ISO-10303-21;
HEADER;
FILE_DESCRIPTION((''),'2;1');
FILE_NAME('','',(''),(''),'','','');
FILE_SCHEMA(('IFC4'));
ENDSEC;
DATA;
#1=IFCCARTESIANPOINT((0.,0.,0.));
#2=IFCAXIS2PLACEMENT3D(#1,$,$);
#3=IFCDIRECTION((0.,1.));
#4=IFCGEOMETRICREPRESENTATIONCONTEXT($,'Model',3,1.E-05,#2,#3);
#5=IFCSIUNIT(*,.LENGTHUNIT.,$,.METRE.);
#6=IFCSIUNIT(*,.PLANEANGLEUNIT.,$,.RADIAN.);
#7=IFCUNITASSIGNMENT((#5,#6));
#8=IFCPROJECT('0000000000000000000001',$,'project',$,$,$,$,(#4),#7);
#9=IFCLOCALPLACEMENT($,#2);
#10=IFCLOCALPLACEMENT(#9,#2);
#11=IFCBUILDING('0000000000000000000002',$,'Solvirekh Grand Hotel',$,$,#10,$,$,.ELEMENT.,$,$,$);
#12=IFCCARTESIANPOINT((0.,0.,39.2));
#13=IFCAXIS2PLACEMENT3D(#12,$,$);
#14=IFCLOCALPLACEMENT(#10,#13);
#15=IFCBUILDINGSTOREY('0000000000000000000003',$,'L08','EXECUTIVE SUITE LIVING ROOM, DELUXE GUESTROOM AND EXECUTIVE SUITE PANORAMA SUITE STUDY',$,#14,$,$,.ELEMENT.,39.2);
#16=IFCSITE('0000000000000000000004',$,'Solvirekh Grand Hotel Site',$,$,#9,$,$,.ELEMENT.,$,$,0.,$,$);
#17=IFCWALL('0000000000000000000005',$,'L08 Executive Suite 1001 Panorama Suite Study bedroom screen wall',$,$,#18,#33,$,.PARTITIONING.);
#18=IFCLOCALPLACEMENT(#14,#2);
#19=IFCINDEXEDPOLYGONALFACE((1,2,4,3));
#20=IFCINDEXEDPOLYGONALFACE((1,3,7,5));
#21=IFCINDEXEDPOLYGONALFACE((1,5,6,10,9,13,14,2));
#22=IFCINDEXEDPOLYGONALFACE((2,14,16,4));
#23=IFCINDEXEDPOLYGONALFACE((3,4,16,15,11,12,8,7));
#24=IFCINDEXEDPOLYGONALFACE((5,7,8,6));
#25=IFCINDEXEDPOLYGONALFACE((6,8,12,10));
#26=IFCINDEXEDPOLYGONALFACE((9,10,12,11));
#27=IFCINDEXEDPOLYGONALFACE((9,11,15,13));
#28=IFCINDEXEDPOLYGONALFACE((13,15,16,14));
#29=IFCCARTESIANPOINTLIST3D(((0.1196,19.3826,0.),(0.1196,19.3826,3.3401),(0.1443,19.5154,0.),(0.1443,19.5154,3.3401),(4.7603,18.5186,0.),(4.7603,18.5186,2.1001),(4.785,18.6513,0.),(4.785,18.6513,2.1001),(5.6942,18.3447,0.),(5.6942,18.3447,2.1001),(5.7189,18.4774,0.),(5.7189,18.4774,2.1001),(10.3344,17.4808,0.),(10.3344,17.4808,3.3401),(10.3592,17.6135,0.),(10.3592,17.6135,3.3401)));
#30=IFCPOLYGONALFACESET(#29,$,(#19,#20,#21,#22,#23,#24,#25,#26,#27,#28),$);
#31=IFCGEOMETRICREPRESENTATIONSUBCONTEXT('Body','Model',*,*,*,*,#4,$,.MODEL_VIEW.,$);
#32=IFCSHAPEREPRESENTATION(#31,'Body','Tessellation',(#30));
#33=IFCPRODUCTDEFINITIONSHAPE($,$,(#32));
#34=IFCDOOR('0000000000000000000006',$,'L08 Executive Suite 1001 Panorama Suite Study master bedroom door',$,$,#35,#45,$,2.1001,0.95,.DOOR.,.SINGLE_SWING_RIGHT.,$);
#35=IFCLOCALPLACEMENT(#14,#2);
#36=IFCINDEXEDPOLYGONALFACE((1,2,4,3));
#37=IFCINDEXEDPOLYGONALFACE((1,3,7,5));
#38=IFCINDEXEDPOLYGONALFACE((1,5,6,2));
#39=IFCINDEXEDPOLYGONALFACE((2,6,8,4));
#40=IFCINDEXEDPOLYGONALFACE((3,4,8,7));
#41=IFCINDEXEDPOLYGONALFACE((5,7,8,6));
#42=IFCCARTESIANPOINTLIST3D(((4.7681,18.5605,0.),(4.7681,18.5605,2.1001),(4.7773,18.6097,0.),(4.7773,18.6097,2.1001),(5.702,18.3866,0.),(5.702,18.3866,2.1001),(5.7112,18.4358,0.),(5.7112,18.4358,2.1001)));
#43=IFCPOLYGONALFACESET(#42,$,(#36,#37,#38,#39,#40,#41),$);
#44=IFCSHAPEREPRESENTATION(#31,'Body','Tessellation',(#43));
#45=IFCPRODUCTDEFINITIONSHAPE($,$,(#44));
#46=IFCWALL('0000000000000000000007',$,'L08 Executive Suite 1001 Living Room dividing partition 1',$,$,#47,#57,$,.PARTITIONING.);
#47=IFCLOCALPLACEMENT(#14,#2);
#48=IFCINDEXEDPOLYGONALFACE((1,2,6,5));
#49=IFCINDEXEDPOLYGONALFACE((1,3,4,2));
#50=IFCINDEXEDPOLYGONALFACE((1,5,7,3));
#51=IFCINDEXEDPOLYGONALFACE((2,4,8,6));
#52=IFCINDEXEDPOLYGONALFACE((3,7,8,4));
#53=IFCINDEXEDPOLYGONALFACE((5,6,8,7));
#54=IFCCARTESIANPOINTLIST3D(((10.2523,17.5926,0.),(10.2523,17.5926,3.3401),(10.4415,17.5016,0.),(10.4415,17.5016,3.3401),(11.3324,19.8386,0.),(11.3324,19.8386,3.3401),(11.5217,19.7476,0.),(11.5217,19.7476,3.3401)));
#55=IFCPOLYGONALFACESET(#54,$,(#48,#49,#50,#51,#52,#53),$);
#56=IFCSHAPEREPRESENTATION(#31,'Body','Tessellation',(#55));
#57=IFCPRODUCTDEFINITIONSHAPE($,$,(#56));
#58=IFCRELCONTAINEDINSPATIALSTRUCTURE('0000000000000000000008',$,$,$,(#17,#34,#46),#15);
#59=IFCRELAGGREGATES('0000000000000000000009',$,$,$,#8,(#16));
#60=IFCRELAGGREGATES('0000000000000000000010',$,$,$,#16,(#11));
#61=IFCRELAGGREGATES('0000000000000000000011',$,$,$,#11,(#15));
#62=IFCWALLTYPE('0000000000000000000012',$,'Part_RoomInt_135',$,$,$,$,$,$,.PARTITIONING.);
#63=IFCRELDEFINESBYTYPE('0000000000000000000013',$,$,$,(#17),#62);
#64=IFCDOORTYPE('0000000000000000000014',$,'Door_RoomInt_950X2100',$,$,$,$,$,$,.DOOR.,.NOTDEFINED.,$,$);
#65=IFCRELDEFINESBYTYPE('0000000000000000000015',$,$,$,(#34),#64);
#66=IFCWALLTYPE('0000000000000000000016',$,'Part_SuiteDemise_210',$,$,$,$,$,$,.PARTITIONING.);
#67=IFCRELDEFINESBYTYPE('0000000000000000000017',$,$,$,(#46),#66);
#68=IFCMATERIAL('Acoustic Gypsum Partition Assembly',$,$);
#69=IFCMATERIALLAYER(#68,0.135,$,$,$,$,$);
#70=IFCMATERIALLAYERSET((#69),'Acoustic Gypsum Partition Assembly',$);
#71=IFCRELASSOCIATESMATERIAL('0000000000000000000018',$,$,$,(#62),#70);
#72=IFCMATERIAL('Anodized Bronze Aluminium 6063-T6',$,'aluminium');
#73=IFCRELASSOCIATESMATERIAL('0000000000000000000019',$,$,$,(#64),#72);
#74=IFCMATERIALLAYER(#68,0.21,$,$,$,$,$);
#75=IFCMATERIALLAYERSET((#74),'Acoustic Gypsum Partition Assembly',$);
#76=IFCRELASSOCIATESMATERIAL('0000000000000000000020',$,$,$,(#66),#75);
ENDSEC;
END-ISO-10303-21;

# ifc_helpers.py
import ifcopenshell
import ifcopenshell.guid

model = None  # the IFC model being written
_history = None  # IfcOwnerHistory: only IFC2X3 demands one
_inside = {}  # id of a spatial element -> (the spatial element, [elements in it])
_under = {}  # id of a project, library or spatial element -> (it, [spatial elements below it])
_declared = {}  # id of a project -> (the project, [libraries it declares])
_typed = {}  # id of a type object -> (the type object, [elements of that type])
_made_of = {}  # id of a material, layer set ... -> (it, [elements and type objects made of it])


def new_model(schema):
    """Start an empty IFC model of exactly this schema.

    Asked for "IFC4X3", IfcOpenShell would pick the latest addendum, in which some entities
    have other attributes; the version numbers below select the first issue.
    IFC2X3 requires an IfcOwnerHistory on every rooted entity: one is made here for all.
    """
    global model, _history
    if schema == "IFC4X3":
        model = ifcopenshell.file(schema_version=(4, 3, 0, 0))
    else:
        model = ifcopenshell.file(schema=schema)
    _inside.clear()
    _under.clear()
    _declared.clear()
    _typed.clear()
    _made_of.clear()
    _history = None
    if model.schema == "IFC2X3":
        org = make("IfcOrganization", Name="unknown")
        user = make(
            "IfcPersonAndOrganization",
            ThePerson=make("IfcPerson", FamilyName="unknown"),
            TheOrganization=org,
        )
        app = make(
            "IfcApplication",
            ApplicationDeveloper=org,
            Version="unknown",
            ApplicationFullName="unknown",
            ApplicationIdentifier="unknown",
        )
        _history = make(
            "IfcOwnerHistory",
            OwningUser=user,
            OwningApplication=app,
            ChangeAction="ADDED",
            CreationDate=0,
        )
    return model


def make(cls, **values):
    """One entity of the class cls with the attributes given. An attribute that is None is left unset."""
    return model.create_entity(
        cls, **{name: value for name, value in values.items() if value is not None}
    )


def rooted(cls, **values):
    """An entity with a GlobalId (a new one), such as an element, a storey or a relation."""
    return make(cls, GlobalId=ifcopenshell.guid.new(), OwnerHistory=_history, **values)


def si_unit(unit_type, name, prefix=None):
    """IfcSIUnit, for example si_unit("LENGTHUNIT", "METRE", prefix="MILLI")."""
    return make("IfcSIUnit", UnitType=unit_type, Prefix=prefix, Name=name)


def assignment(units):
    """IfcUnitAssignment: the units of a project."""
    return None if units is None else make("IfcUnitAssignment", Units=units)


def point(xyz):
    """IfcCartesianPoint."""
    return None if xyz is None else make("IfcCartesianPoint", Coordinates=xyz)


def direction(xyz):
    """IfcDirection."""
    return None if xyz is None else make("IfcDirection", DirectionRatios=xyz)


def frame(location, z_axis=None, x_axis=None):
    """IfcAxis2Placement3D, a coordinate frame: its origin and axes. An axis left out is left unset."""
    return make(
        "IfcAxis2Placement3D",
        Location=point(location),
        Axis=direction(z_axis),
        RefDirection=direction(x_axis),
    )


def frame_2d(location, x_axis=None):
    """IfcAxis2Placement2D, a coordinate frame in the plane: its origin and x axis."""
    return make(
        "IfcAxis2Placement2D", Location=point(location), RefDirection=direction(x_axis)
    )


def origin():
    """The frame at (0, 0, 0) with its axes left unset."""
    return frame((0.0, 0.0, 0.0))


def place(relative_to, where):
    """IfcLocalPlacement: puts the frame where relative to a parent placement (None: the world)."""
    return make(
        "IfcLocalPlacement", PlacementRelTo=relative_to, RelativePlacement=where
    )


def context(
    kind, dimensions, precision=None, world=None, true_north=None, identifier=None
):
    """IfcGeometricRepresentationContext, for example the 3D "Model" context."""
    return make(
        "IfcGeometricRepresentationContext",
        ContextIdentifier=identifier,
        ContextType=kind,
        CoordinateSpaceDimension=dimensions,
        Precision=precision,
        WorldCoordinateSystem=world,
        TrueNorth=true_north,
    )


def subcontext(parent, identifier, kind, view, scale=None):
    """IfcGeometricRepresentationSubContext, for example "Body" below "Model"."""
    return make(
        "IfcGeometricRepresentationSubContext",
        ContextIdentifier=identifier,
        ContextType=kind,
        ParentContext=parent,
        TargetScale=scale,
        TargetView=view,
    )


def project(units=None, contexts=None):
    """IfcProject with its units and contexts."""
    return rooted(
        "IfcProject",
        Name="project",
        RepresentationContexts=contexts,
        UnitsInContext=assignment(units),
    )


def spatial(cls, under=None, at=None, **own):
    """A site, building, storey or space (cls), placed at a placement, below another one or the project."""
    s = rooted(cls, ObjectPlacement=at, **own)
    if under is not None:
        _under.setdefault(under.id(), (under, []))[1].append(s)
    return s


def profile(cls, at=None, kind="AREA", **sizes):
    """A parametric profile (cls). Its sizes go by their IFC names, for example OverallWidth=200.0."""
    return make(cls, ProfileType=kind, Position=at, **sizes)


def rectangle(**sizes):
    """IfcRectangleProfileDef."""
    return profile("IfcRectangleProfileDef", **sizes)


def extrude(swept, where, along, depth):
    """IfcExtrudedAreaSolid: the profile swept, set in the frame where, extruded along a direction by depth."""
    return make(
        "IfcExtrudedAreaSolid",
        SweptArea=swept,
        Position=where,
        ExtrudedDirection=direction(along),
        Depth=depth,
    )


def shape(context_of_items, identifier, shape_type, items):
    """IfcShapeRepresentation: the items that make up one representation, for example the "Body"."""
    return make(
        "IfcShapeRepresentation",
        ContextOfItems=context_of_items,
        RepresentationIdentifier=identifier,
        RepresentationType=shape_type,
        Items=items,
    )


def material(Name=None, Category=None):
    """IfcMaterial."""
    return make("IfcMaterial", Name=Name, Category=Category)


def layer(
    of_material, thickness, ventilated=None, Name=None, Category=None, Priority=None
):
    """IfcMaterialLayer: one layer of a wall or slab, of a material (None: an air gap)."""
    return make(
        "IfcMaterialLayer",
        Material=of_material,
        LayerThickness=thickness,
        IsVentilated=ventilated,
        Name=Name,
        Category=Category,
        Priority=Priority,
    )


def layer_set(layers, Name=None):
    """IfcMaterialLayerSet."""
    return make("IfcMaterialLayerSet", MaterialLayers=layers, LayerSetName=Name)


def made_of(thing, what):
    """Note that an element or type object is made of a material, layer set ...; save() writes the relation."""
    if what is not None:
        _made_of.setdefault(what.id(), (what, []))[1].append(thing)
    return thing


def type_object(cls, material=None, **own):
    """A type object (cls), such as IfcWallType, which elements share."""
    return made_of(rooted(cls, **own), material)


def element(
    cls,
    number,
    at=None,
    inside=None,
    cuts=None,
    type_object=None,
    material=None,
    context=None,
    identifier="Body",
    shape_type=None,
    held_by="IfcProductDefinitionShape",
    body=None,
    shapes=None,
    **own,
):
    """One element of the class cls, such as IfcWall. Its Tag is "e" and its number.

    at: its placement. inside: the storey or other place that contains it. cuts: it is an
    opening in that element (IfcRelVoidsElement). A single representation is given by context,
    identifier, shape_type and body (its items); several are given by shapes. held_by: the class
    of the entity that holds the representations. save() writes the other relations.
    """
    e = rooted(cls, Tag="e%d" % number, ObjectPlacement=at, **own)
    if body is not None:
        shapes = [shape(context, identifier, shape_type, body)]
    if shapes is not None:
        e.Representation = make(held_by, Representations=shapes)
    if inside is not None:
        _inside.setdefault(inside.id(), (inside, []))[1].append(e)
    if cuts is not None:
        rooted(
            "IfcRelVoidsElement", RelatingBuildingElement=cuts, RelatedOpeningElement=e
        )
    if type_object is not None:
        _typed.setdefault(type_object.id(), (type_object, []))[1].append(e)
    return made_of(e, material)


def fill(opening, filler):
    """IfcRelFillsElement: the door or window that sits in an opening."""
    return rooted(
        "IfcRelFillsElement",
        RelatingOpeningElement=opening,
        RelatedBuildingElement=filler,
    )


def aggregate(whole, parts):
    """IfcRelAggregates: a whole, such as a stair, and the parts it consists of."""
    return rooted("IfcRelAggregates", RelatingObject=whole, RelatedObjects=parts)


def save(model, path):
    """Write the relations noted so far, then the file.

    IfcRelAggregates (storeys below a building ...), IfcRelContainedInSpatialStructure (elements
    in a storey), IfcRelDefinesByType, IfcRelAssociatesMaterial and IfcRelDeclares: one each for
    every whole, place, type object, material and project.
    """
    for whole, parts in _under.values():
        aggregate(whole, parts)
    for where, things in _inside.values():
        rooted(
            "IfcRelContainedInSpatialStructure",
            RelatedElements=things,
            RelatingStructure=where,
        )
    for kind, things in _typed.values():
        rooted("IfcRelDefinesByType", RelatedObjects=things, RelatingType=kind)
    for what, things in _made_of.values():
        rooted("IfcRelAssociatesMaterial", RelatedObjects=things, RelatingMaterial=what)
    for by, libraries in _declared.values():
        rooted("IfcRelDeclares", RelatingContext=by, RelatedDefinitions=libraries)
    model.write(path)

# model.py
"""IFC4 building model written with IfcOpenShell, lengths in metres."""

from ifc_helpers import new_model, si_unit, direction, frame, frame_2d, origin, place, context, subcontext, project, spatial, rectangle, extrude, material, layer, layer_set, type_object, element, fill, save


model = new_model("IFC4")

# Units and contexts
model_context = context("Model", 3, precision=1e-05, world=origin(), true_north=direction((0.0, 1.0)))
body_context = subcontext(model_context, "Body", "Model", "MODEL_VIEW")
ifc_project = project(units=[si_unit("LENGTHUNIT", "METRE"), si_unit("PLANEANGLEUNIT", "RADIAN")], contexts=[model_context])

# Site, building, storey
site_placement = place(None, origin())
site = spatial("IfcSite", under=ifc_project, at=site_placement, Name="Solvirekh Grand Hotel Site", CompositionType="ELEMENT", RefElevation=0.0)
building_placement = place(site_placement, origin())
building = spatial("IfcBuilding", under=site, at=building_placement, Name="Solvirekh Grand Hotel", CompositionType="ELEMENT")
storey_placement = place(building_placement, frame((0.0, 0.0, 39.2)))
storey = spatial("IfcBuildingStorey", under=building, at=storey_placement, Name="L08", Description="EXECUTIVE SUITE LIVING ROOM, DELUXE GUESTROOM AND EXECUTIVE SUITE PANORAMA SUITE STUDY", CompositionType="ELEMENT", Elevation=39.2)

# Shared definitions
ifc_material_1 = material(Name="Anodized Bronze Aluminium 6063-T6", Category="aluminium")

# Wall, opening, door
ifc_material_2 = material(Name="Acoustic Gypsum Partition Assembly")
ifc_layer_1 = layer(ifc_material_2, 0.135)
ifc_layer_set_1 = layer_set([ifc_layer_1], Name="Acoustic Gypsum Partition Assembly")
wall_type_1 = type_object("IfcWallType", Name="Part_RoomInt_135", PredefinedType="PARTITIONING", material=ifc_layer_set_1)
door_type = type_object("IfcDoorType", Name="Door_RoomInt_950X2100", OperationType="NOTDEFINED", PredefinedType="DOOR", material=ifc_material_1)
wall_1_placement = place(storey_placement, frame((10.3469, 17.5471, 0.0), z_axis=(0.0, 0.0, 1.0), x_axis=(-0.983105, 0.18304, 0.0)))
wall_1 = element("IfcWall", 1, at=wall_1_placement, inside=storey, type_object=wall_type_1, Name="L08 Executive Suite 1001 Panorama Suite Study bedroom screen wall", PredefinedType="PARTITIONING", context=body_context, shape_type="SweptSolid", body=[
    extrude(rectangle(XDim=10.3904, YDim=0.135, at=frame_2d((5.1953, 0.0))), origin(), (0.0, 0.0, 1.0), 3.3401),
])
opening_1_placement = place(wall_1_placement, frame((4.72, 0.0, 0.0)))
opening_1 = element("IfcOpeningElement", 2, at=opening_1_placement, cuts=wall_1, PredefinedType="OPENING", context=body_context, shape_type="SweptSolid", body=[
    extrude(rectangle(XDim=0.95, YDim=2.1001, at=frame_2d((0.4751, 1.05))), frame((0.0, 0.0776, 0.0), z_axis=(0.0, -1.0, 0.0), x_axis=(1.0, 0.0, 0.0)), (0.0, 0.0, 1.0), 0.155),
])
door_1_placement = place(opening_1_placement, origin())
door_1 = element("IfcDoor", 3, at=door_1_placement, inside=storey, type_object=door_type, Name="L08 Executive Suite 1001 Panorama Suite Study master bedroom door", OperationType="SINGLE_SWING_RIGHT", OverallHeight=2.1001, OverallWidth=0.95, PredefinedType="DOOR", context=body_context, shape_type="SweptSolid", body=[
    extrude(rectangle(XDim=0.95, YDim=2.1001, at=frame_2d((0.4751, 1.05))), frame((0.0, 0.0249, 0.0), z_axis=(0.0, -1.0, 0.0), x_axis=(1.0, 0.0, 0.0)), (0.0, 0.0, 1.0), 0.05),
])
fill(opening_1, door_1)

# Wall
ifc_layer_2 = layer(ifc_material_2, 0.21)
ifc_layer_set_2 = layer_set([ifc_layer_2], Name="Acoustic Gypsum Partition Assembly")
wall_type_2 = type_object("IfcWallType", Name="Part_SuiteDemise_210", PredefinedType="PARTITIONING", material=ifc_layer_set_2)
wall_2_placement = place(storey_placement, frame((10.3469, 17.5471, 0.0), z_axis=(0.0, 0.0, 1.0), x_axis=(0.433406, 0.901199, 0.0)))
element("IfcWall", 4, at=wall_2_placement, inside=storey, type_object=wall_type_2, Name="L08 Executive Suite 1001 Living Room dividing partition 1", PredefinedType="PARTITIONING", context=body_context, shape_type="SweptSolid", body=[
    extrude(rectangle(XDim=2.4922, YDim=0.21, at=frame_2d((1.2461, 0.0))), origin(), (0.0, 0.0, 1.0), 3.3401),
])

save(model, "model.ifc")
